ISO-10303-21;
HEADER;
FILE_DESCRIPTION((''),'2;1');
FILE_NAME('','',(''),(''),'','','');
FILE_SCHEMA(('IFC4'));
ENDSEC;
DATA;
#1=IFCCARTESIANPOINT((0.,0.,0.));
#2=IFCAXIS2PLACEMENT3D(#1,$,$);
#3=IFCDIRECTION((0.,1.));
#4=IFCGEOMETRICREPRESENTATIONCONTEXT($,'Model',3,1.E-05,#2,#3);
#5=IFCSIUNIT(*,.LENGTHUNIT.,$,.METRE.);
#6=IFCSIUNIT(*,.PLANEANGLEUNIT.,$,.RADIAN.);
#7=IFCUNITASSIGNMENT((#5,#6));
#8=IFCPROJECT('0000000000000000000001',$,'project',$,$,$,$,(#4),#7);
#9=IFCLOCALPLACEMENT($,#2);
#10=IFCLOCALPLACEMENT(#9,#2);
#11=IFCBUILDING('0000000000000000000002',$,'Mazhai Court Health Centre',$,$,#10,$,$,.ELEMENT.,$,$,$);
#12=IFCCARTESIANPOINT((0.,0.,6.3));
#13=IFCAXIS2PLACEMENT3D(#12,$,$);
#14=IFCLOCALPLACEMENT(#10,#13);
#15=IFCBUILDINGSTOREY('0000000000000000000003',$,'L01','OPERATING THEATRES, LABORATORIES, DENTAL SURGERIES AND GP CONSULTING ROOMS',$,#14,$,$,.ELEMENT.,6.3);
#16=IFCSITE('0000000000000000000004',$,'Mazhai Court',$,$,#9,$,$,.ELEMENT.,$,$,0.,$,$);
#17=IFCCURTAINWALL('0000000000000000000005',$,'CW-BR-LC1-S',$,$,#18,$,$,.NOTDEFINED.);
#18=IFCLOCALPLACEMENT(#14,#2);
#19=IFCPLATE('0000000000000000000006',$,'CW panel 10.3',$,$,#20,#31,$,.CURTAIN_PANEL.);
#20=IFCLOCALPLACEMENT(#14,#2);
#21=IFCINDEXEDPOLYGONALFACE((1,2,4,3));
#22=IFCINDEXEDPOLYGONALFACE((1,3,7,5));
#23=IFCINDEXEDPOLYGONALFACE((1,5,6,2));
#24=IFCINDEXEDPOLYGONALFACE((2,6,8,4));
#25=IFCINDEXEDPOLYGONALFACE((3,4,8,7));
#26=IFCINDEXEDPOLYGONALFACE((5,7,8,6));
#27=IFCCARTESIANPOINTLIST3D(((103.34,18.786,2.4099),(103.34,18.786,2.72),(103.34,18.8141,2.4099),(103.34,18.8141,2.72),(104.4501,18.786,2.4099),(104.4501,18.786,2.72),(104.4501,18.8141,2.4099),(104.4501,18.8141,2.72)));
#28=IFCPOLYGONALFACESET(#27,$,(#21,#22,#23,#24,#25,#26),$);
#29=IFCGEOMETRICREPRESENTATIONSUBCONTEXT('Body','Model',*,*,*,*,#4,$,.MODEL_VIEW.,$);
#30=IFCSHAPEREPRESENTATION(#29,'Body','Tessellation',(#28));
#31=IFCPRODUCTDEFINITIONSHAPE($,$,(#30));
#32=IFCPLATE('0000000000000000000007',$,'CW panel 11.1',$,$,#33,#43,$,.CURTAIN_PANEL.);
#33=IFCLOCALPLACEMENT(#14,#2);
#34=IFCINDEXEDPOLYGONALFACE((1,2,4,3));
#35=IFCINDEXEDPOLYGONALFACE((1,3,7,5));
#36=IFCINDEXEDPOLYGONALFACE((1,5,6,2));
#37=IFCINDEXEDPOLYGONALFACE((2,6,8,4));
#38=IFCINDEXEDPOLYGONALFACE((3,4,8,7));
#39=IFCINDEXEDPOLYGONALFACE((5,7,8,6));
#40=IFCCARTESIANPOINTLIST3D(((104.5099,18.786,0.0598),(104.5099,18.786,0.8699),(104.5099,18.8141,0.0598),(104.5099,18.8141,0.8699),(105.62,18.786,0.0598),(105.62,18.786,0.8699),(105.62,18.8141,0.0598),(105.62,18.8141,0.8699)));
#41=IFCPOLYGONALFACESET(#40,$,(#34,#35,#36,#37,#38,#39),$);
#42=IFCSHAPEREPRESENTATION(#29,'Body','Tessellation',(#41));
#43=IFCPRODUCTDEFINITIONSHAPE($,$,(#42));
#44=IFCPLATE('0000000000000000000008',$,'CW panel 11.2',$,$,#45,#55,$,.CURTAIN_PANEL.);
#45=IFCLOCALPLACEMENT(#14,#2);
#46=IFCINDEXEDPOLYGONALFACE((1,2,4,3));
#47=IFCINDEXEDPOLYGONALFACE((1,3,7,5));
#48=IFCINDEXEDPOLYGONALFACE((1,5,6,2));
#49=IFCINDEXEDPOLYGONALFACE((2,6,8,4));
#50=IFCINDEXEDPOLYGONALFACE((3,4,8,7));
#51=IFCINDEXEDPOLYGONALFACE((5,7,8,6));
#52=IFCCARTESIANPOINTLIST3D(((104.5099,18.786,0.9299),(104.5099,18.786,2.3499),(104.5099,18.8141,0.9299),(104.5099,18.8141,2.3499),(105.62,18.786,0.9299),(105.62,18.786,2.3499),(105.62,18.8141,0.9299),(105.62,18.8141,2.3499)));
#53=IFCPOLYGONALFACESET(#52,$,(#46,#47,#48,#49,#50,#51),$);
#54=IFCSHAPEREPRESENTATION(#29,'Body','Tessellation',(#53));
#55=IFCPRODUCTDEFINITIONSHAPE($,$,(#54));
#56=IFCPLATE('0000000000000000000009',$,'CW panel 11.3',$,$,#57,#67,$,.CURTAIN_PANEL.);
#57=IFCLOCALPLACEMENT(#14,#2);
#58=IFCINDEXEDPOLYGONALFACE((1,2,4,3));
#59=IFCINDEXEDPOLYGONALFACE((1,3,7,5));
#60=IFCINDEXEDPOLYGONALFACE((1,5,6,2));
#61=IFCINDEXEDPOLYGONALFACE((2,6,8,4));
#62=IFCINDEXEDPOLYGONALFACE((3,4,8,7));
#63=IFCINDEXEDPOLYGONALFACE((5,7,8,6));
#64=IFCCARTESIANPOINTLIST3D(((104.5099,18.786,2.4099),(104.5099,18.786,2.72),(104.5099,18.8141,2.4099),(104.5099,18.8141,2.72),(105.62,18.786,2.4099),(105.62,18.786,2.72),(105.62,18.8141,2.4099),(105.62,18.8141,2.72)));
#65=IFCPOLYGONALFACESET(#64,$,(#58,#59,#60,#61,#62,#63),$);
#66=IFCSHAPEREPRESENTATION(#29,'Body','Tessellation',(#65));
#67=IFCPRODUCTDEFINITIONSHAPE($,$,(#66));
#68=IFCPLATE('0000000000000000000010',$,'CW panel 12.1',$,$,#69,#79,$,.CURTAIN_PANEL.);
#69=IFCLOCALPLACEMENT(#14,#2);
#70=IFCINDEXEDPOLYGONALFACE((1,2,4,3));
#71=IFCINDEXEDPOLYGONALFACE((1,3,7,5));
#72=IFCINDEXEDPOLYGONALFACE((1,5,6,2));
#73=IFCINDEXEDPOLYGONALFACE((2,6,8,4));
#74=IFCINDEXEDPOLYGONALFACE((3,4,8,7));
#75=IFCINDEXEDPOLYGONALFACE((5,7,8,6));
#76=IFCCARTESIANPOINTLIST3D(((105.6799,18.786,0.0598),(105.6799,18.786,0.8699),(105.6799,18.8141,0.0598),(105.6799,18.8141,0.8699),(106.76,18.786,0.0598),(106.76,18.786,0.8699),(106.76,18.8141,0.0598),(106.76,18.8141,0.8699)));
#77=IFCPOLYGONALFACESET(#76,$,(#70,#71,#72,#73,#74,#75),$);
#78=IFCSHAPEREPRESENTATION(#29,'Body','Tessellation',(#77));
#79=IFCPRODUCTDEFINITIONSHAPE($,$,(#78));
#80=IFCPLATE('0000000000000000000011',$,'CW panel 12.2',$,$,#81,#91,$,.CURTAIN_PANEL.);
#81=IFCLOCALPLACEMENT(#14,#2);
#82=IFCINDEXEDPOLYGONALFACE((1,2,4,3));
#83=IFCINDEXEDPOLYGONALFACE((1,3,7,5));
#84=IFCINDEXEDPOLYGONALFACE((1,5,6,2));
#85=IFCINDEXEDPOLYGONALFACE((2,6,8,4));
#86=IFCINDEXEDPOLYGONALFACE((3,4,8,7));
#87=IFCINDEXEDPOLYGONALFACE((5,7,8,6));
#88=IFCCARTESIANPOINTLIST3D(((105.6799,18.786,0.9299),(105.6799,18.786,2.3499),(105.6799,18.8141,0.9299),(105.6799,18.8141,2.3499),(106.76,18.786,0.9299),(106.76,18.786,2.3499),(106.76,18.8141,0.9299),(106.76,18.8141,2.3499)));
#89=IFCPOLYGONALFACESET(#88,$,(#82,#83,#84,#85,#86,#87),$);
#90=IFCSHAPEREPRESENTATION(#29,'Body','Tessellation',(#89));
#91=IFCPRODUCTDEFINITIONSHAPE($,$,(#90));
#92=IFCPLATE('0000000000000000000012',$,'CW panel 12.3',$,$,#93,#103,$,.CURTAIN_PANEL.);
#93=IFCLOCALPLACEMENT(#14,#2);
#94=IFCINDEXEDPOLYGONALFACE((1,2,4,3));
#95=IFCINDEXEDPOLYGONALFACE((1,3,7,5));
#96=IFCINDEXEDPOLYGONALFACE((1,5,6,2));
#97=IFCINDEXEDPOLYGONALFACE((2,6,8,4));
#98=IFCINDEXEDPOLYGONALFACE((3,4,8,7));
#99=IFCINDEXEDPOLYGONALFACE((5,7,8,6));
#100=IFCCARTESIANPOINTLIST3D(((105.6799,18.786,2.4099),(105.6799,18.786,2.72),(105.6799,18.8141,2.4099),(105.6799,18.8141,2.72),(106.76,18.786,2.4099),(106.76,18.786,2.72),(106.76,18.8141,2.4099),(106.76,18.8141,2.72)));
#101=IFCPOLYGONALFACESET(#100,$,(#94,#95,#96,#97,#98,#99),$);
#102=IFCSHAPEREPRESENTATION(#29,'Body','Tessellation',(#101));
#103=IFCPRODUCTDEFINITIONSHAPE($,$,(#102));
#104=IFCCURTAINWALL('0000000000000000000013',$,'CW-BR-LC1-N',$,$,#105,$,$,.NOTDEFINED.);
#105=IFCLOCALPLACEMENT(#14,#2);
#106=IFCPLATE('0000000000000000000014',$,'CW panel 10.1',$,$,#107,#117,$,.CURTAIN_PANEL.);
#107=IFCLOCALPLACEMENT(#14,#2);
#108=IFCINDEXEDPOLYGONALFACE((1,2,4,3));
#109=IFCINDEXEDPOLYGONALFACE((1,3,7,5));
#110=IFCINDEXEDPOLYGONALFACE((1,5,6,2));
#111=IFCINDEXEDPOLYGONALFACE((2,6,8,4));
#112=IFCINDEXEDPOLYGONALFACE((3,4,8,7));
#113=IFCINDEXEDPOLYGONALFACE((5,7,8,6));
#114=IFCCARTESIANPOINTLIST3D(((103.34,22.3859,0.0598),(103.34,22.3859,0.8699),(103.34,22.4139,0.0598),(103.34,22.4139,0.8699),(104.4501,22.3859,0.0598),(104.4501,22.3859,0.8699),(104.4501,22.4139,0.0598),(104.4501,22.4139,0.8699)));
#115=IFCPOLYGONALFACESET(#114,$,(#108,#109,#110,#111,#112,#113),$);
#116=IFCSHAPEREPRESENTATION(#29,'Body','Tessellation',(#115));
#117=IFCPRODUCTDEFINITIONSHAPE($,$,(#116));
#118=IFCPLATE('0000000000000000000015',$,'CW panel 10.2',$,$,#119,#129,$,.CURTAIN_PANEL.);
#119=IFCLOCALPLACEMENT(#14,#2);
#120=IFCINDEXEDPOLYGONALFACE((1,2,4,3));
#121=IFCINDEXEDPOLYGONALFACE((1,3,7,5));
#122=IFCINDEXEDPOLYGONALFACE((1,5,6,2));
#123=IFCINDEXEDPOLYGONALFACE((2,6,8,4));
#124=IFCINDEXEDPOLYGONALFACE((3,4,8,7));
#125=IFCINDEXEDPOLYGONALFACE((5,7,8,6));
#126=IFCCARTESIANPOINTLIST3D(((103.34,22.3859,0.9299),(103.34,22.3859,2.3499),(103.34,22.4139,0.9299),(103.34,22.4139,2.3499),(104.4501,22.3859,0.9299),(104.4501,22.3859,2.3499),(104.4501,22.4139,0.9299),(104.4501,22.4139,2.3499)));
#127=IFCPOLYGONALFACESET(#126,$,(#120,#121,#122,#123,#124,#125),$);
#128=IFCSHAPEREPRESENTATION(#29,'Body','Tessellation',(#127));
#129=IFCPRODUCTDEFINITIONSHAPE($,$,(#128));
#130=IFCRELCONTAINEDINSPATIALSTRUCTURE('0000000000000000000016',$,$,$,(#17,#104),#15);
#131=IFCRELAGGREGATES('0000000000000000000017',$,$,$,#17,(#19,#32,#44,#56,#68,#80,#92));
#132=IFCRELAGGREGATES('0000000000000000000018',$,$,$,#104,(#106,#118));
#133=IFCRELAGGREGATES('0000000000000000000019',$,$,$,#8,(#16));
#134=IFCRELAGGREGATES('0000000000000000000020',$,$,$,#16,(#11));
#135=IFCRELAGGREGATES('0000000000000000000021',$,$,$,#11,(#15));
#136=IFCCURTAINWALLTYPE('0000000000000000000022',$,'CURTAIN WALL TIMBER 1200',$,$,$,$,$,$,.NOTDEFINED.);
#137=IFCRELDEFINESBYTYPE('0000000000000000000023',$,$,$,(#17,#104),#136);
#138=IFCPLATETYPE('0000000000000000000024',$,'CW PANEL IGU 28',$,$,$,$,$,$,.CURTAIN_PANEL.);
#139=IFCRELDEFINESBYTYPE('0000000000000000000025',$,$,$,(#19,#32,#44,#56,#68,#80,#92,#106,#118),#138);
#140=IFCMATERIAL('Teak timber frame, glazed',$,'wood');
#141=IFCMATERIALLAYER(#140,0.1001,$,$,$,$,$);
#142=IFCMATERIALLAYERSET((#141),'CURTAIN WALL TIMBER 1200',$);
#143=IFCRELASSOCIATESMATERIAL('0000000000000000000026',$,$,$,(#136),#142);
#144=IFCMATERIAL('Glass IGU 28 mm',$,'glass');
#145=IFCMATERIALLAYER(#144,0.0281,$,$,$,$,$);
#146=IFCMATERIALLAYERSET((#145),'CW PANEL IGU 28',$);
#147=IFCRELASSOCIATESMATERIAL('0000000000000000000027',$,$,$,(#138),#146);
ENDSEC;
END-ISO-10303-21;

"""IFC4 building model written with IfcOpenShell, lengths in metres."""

from ifc_helpers import new_model, si_unit, direction, frame, origin, origin_2d, place, context, subcontext, project, spatial, rectangle, extrude, material, layer, layer_set, type_object, element, aggregate, save


model = new_model("IFC4")

# Units and contexts
model_context = context("Model", 3, precision=1e-05, world=origin(), true_north=direction((0.0, 1.0)))
body_context = subcontext(model_context, "Body", "Model", "MODEL_VIEW")
ifc_project = project(units=[si_unit("LENGTHUNIT", "METRE"), si_unit("PLANEANGLEUNIT", "RADIAN")], contexts=[model_context])

# Site, building, storey
site_placement = place(None, origin())
site = spatial("IfcSite", under=ifc_project, at=site_placement, Name="Mazhai Court", CompositionType="ELEMENT", RefElevation=0.0)
building_placement = place(site_placement, origin())
building = spatial("IfcBuilding", under=site, at=building_placement, Name="Mazhai Court Health Centre", CompositionType="ELEMENT")
storey_placement = place(building_placement, frame((0.0, 0.0, 6.3)))
storey = spatial("IfcBuildingStorey", under=building, at=storey_placement, Name="L01", Description="OPERATING THEATRES, LABORATORIES, DENTAL SURGERIES AND GP CONSULTING ROOMS", CompositionType="ELEMENT", Elevation=6.3)

# Curtain wall, plates
ifc_material_1 = material(Name="Teak timber frame, glazed", Category="wood")
ifc_layer_1 = layer(ifc_material_1, 0.1001)
ifc_layer_set_1 = layer_set([ifc_layer_1], Name="CURTAIN WALL TIMBER 1200")
curtain_wall_type = type_object("IfcCurtainWallType", Name="CURTAIN WALL TIMBER 1200", PredefinedType="NOTDEFINED", material=ifc_layer_set_1)
curtain_wall_1_placement = place(storey_placement, origin())
curtain_wall_1 = element("IfcCurtainWall", 1, at=curtain_wall_1_placement, inside=storey, type_object=curtain_wall_type, Name="CW-BR-LC1-S", PredefinedType="NOTDEFINED")
ifc_material_2 = material(Name="Glass IGU 28 mm", Category="glass")
ifc_layer_2 = layer(ifc_material_2, 0.0281)
ifc_layer_set_2 = layer_set([ifc_layer_2], Name="CW PANEL IGU 28")
plate_type = type_object("IfcPlateType", Name="CW PANEL IGU 28", PredefinedType="CURTAIN_PANEL", material=ifc_layer_set_2)
plate_1_placement = place(storey_placement, frame((103.895, 18.8, 2.4099), z_axis=(0.0, 0.0, 1.0), x_axis=(1.0, 0.0, 0.0)))
plate_1 = element("IfcPlate", 2, at=plate_1_placement, type_object=plate_type, Name="CW panel 10.3", PredefinedType="CURTAIN_PANEL", context=body_context, shape_type="SweptSolid", body=[
    extrude(rectangle(XDim=1.1101, YDim=0.0281, at=origin_2d()), origin(), (0.0, 0.0, 1.0), 0.3101),
])
plate_2_placement = place(storey_placement, frame((105.0649, 18.8, 0.0598), z_axis=(0.0, 0.0, 1.0), x_axis=(1.0, 0.0, 0.0)))
plate_2 = element("IfcPlate", 3, at=plate_2_placement, type_object=plate_type, Name="CW panel 11.1", PredefinedType="CURTAIN_PANEL", context=body_context, shape_type="SweptSolid", body=[
    extrude(rectangle(XDim=1.1101, YDim=0.0281, at=origin_2d()), origin(), (0.0, 0.0, 1.0), 0.8101),
])
plate_3_placement = place(storey_placement, frame((105.0649, 18.8, 0.9299), z_axis=(0.0, 0.0, 1.0), x_axis=(1.0, 0.0, 0.0)))
plate_3 = element("IfcPlate", 4, at=plate_3_placement, type_object=plate_type, Name="CW panel 11.2", PredefinedType="CURTAIN_PANEL", context=body_context, shape_type="SweptSolid", body=[
    extrude(rectangle(XDim=1.1101, YDim=0.0281, at=origin_2d()), origin(), (0.0, 0.0, 1.0), 1.4199),
])
plate_4_placement = place(storey_placement, frame((105.0649, 18.8, 2.4099), z_axis=(0.0, 0.0, 1.0), x_axis=(1.0, 0.0, 0.0)))
plate_4 = element("IfcPlate", 5, at=plate_4_placement, type_object=plate_type, Name="CW panel 11.3", PredefinedType="CURTAIN_PANEL", context=body_context, shape_type="SweptSolid", body=[
    extrude(rectangle(XDim=1.1101, YDim=0.0281, at=origin_2d()), origin(), (0.0, 0.0, 1.0), 0.3101),
])
plate_5_placement = place(storey_placement, frame((106.22, 18.8, 0.0598), z_axis=(0.0, 0.0, 1.0), x_axis=(1.0, 0.0, 0.0)))
plate_5 = element("IfcPlate", 6, at=plate_5_placement, type_object=plate_type, Name="CW panel 12.1", PredefinedType="CURTAIN_PANEL", context=body_context, shape_type="SweptSolid", body=[
    extrude(rectangle(XDim=1.0801, YDim=0.0281, at=origin_2d()), origin(), (0.0, 0.0, 1.0), 0.8101),
])
plate_6_placement = place(storey_placement, frame((106.22, 18.8, 0.9299), z_axis=(0.0, 0.0, 1.0), x_axis=(1.0, 0.0, 0.0)))
plate_6 = element("IfcPlate", 7, at=plate_6_placement, type_object=plate_type, Name="CW panel 12.2", PredefinedType="CURTAIN_PANEL", context=body_context, shape_type="SweptSolid", body=[
    extrude(rectangle(XDim=1.0801, YDim=0.0281, at=origin_2d()), origin(), (0.0, 0.0, 1.0), 1.4199),
])
plate_7_placement = place(storey_placement, frame((106.22, 18.8, 2.4099), z_axis=(0.0, 0.0, 1.0), x_axis=(1.0, 0.0, 0.0)))
plate_7 = element("IfcPlate", 8, at=plate_7_placement, type_object=plate_type, Name="CW panel 12.3", PredefinedType="CURTAIN_PANEL", context=body_context, shape_type="SweptSolid", body=[
    extrude(rectangle(XDim=1.0801, YDim=0.0281, at=origin_2d()), origin(), (0.0, 0.0, 1.0), 0.3101),
])
aggregate(curtain_wall_1, [plate_1, plate_2, plate_3, plate_4, plate_5, plate_6, plate_7])

# Curtain wall, plates
curtain_wall_2_placement = place(storey_placement, origin())
curtain_wall_2 = element("IfcCurtainWall", 9, at=curtain_wall_2_placement, inside=storey, type_object=curtain_wall_type, Name="CW-BR-LC1-N", PredefinedType="NOTDEFINED")
plate_8_placement = place(storey_placement, frame((103.895, 22.3999, 0.0598), z_axis=(0.0, 0.0, 1.0), x_axis=(1.0, 0.0, 0.0)))
plate_8 = element("IfcPlate", 10, at=plate_8_placement, type_object=plate_type, Name="CW panel 10.1", PredefinedType="CURTAIN_PANEL", context=body_context, shape_type="SweptSolid", body=[
    extrude(rectangle(XDim=1.1101, YDim=0.0281, at=origin_2d()), origin(), (0.0, 0.0, 1.0), 0.8101),
])
plate_9_placement = place(storey_placement, frame((103.895, 22.3999, 0.9299), z_axis=(0.0, 0.0, 1.0), x_axis=(1.0, 0.0, 0.0)))
plate_9 = element("IfcPlate", 11, at=plate_9_placement, type_object=plate_type, Name="CW panel 10.2", PredefinedType="CURTAIN_PANEL", context=body_context, shape_type="SweptSolid", body=[
    extrude(rectangle(XDim=1.1101, YDim=0.0281, at=origin_2d()), origin(), (0.0, 0.0, 1.0), 1.4199),
])
aggregate(curtain_wall_2, [plate_8, plate_9])

save(model, "model.ifc")
